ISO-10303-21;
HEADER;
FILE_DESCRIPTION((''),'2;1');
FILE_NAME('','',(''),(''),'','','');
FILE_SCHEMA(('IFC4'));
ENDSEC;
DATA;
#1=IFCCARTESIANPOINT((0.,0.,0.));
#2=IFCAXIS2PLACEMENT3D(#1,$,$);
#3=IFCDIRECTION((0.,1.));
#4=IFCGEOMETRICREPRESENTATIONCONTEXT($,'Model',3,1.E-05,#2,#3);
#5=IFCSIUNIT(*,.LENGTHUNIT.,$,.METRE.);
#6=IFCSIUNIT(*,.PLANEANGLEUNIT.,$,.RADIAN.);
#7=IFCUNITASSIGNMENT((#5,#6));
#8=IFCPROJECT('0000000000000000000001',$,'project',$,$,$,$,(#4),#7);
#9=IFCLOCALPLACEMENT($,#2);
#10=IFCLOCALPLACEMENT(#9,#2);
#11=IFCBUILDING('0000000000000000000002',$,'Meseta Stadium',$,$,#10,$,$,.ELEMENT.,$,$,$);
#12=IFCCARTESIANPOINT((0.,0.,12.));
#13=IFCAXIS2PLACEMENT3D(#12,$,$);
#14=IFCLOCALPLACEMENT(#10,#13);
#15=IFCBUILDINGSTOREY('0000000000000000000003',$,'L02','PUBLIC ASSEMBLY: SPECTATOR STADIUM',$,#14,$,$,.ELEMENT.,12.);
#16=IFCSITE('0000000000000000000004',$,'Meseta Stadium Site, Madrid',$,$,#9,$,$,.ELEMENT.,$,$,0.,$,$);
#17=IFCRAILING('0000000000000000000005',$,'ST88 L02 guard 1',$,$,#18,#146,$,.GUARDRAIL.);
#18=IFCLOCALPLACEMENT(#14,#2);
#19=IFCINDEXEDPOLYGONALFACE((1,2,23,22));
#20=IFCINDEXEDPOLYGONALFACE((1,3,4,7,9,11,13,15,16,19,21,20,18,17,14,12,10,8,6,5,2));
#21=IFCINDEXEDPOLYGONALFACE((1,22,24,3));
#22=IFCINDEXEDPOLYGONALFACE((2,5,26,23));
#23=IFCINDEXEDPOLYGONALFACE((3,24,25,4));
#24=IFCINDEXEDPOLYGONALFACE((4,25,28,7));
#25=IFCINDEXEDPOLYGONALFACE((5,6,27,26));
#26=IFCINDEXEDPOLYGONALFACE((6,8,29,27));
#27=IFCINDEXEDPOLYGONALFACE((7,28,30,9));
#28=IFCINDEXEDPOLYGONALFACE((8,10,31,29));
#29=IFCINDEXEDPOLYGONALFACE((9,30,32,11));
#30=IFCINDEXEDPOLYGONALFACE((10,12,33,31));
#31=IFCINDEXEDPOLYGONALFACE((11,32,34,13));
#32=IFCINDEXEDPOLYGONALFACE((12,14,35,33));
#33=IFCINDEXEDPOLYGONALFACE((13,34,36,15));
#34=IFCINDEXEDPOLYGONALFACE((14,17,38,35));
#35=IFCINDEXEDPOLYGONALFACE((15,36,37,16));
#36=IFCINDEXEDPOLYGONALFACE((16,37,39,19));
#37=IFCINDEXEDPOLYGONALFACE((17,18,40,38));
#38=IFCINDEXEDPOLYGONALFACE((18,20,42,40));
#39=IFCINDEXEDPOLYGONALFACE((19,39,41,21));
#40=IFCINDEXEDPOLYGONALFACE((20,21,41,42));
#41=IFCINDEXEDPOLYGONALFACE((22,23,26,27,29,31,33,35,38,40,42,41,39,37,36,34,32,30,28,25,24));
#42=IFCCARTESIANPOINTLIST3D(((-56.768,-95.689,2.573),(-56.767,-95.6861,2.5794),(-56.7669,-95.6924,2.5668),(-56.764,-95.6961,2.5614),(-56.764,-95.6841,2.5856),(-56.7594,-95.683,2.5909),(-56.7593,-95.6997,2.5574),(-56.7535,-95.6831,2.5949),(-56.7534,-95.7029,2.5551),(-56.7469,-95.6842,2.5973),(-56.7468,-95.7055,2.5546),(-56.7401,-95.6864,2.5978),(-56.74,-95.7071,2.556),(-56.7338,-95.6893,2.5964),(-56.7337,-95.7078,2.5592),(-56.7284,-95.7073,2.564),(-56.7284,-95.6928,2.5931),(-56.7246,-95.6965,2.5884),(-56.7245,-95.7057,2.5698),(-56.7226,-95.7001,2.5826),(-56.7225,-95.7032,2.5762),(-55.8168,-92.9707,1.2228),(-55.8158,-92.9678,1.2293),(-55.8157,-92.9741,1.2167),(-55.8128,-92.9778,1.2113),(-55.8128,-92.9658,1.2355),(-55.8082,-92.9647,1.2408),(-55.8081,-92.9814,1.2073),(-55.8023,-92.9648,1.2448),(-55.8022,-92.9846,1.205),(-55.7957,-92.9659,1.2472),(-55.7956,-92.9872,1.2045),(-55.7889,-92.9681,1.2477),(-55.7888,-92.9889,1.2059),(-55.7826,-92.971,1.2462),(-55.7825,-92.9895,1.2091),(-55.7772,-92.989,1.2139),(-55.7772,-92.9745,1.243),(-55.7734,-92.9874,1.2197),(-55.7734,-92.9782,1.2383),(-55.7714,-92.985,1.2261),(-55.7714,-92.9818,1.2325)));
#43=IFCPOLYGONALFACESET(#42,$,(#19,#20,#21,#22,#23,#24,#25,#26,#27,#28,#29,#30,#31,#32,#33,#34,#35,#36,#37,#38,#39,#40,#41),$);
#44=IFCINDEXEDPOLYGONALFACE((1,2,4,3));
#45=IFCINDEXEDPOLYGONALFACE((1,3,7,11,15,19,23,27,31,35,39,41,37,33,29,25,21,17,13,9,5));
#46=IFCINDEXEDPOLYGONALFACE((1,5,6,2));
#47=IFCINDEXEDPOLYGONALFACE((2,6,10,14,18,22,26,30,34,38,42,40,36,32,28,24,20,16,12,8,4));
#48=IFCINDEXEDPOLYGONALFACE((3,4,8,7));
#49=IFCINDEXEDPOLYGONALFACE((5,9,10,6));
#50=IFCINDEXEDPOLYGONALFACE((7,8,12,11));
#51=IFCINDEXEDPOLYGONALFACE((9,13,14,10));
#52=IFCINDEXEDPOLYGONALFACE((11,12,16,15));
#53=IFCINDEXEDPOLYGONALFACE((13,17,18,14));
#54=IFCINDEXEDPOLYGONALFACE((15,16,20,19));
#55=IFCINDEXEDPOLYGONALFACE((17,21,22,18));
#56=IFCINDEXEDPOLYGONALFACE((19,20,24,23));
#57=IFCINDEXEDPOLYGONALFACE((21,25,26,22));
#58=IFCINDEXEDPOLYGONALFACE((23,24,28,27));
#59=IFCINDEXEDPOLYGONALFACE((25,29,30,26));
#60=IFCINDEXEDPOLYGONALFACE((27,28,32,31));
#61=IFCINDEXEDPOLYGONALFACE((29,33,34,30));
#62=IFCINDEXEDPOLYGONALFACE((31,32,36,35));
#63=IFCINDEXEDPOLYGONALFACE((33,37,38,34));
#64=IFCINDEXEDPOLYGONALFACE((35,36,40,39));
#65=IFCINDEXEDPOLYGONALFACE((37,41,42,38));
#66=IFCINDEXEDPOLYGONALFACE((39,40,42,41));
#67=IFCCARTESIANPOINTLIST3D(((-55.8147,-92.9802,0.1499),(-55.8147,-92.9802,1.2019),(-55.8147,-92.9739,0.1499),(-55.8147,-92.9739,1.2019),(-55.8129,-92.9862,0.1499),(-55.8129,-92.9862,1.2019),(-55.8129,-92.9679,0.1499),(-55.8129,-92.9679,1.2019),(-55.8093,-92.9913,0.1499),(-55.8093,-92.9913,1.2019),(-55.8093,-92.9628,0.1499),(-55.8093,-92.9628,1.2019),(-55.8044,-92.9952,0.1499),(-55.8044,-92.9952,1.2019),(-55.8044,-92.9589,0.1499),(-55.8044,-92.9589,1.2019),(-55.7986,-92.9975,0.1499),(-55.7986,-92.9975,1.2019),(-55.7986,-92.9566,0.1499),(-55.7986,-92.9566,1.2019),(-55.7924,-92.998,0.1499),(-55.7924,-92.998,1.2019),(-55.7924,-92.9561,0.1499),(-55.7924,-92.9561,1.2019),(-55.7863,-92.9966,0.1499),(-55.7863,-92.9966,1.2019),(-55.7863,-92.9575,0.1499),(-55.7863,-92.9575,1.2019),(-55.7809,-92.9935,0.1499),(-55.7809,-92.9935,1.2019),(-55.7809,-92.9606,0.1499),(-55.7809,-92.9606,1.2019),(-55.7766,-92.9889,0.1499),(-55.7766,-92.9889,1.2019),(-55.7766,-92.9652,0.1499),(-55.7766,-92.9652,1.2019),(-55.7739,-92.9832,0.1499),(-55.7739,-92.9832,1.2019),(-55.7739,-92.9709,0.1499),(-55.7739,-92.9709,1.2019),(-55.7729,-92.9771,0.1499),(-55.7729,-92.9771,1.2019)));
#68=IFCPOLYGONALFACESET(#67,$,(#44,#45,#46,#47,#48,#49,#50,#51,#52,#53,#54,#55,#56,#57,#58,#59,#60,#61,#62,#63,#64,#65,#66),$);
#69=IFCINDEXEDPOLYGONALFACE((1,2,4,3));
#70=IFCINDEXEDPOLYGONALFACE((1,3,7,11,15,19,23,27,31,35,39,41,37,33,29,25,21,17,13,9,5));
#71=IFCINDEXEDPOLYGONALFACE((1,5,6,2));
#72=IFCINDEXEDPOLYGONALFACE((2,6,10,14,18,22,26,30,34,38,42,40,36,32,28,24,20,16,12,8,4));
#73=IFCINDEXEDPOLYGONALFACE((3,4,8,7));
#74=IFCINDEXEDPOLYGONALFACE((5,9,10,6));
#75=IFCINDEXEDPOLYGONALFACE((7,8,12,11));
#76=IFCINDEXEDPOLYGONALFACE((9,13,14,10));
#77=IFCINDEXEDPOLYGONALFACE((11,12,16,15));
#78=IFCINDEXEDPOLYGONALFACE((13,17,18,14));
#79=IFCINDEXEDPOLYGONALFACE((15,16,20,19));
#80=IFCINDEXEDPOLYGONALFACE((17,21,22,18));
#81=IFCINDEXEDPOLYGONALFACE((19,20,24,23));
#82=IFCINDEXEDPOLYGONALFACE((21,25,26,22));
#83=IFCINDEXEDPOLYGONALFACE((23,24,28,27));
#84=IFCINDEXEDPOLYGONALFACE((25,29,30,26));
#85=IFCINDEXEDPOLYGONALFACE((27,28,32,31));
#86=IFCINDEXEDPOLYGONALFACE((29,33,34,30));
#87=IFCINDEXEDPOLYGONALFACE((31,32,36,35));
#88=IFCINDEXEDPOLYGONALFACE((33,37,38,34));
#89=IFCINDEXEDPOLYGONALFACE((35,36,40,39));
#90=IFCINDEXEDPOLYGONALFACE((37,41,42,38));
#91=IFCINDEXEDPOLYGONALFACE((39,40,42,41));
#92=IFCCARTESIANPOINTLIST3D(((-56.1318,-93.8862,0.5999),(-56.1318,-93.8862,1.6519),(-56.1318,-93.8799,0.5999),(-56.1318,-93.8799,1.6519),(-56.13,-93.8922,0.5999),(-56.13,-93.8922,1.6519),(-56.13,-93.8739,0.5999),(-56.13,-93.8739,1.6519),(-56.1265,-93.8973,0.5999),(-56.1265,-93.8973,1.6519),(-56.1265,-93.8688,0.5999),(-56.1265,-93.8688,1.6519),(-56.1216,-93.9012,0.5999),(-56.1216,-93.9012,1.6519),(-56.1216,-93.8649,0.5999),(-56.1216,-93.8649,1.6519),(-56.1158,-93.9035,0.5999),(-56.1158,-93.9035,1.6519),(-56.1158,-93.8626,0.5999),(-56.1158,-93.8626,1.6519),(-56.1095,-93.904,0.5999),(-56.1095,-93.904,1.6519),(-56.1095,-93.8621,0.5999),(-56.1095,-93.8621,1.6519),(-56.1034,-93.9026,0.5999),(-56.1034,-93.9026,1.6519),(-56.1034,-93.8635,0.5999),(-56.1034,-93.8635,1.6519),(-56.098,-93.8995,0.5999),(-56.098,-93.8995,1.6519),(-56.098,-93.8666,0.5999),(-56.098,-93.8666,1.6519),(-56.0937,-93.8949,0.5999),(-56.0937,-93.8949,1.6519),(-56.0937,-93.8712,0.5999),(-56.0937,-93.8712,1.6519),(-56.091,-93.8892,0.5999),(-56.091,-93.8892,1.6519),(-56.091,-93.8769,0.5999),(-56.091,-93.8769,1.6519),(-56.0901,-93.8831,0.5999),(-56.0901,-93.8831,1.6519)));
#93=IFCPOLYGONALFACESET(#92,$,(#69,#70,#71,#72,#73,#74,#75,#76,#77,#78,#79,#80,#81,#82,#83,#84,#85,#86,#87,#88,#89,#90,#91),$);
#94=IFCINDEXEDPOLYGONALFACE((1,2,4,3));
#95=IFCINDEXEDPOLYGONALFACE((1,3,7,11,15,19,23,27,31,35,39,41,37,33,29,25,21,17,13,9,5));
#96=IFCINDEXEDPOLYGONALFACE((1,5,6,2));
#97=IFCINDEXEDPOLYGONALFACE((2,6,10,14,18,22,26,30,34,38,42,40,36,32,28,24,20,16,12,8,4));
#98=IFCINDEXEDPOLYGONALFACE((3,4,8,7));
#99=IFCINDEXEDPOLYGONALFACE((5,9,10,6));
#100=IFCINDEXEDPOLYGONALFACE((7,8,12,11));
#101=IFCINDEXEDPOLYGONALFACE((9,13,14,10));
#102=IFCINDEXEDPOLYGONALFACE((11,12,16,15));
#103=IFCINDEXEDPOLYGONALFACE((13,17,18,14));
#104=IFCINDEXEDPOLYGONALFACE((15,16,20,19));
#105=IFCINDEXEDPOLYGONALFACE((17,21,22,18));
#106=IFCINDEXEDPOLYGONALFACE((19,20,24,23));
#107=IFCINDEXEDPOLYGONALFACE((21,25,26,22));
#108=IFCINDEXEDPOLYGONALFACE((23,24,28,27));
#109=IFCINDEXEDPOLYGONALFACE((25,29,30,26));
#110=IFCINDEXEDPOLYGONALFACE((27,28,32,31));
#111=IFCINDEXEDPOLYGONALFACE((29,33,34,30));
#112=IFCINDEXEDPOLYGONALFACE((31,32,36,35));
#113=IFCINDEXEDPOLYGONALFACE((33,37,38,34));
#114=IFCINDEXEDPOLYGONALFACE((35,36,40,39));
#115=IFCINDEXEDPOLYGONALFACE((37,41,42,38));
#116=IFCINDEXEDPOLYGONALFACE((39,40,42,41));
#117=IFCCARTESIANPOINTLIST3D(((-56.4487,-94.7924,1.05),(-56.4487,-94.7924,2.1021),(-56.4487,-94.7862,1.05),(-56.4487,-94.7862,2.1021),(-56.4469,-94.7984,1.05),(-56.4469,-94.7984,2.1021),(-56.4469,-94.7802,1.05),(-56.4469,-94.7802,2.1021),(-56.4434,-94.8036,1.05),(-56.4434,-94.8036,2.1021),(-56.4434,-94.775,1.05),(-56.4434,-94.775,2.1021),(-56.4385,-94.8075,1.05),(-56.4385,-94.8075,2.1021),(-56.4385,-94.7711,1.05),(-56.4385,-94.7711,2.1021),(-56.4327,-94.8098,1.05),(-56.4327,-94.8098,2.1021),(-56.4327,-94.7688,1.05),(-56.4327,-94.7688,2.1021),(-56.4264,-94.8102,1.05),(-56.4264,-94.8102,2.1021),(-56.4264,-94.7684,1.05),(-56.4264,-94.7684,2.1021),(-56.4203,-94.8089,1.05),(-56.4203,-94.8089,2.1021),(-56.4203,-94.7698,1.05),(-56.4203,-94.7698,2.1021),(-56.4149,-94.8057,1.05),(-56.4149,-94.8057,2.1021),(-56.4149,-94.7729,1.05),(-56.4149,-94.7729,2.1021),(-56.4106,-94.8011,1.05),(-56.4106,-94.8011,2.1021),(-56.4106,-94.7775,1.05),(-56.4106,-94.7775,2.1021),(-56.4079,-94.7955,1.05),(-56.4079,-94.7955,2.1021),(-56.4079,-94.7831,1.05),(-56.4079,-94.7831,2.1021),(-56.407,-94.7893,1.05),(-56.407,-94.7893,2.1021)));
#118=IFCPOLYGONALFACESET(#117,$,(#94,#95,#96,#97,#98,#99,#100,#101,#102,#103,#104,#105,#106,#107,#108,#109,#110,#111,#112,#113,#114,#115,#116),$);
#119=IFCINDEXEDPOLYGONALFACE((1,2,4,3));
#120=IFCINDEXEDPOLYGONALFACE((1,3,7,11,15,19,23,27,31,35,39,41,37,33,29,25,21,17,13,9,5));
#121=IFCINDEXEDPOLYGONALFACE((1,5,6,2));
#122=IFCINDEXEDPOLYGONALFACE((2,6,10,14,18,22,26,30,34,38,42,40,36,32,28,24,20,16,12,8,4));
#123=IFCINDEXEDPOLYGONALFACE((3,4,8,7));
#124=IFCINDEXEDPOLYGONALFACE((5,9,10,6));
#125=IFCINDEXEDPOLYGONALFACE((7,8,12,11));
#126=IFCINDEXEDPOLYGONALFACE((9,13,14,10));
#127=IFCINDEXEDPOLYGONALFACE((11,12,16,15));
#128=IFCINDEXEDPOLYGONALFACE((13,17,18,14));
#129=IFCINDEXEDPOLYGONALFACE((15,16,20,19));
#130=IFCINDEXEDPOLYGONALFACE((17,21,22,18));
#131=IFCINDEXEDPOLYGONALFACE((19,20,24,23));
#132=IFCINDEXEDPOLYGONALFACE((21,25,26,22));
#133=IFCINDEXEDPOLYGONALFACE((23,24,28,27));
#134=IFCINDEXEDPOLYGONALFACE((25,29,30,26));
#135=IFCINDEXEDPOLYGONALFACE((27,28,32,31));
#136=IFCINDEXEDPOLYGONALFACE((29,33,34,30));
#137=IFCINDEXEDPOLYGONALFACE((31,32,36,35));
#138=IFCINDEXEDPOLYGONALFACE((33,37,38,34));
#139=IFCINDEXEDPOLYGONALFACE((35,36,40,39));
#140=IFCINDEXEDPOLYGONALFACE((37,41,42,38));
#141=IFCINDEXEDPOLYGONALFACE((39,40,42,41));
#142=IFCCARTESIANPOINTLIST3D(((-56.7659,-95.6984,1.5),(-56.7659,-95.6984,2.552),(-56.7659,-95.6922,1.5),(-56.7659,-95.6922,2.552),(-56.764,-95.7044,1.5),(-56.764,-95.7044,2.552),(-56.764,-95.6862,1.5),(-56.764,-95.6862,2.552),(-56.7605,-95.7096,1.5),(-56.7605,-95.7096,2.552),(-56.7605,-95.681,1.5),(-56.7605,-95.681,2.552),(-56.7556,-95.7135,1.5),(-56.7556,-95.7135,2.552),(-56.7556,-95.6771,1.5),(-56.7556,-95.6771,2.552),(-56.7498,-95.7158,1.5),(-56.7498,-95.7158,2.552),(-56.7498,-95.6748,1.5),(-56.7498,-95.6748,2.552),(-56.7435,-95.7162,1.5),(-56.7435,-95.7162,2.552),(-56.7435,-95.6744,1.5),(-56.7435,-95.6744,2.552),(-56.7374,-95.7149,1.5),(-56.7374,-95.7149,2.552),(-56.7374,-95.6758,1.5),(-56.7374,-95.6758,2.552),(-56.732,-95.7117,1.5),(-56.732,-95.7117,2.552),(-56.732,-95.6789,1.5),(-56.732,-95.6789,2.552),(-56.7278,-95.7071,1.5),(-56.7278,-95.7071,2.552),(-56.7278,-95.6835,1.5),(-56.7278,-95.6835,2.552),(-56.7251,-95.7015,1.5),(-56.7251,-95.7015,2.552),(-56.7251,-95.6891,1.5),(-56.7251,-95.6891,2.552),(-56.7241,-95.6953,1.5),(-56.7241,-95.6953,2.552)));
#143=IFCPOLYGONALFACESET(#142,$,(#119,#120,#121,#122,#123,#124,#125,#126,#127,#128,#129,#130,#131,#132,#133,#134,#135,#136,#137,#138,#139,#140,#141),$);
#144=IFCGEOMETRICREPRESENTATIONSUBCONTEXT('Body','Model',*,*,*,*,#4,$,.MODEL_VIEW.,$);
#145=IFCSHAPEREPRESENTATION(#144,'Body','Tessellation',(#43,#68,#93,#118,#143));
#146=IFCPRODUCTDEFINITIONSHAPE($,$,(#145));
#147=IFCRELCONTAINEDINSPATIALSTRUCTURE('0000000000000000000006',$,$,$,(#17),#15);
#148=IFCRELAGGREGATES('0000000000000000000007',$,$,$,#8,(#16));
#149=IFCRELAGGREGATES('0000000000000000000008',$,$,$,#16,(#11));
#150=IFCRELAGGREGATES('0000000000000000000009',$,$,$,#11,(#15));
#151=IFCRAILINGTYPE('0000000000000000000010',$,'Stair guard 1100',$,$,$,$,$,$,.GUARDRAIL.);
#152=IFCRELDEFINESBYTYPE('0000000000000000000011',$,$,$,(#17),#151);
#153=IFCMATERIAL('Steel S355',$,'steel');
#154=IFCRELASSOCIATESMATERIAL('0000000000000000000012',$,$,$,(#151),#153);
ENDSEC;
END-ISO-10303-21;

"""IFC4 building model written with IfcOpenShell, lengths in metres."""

from ifc_helpers import new_model, si_unit, direction, frame, origin, origin_2d, place, context, subcontext, project, spatial, circle, extrude, material, type_object, element, save


model = new_model("IFC4")

# Units and contexts
model_context = context("Model", 3, precision=1e-05, world=origin(), true_north=direction((0.0, 1.0)))
body_context = subcontext(model_context, "Body", "Model", "MODEL_VIEW")
ifc_project = project(units=[si_unit("LENGTHUNIT", "METRE"), si_unit("PLANEANGLEUNIT", "RADIAN")], contexts=[model_context])

# Site, building, storey
site_placement = place(None, origin())
site = spatial("IfcSite", under=ifc_project, at=site_placement, Name="Meseta Stadium Site, Madrid", CompositionType="ELEMENT", RefElevation=0.0)
building_placement = place(site_placement, origin())
building = spatial("IfcBuilding", under=site, at=building_placement, Name="Meseta Stadium", CompositionType="ELEMENT")
storey_placement = place(building_placement, frame((0.0, 0.0, 12.0)))
storey = spatial("IfcBuildingStorey", under=building, at=storey_placement, Name="L02", Description="PUBLIC ASSEMBLY: SPECTATOR STADIUM", CompositionType="ELEMENT", Elevation=12.0)

# Railing
ifc_material_1 = material(Name="Steel S355", Category="steel")
railing_type_1 = type_object("IfcRailingType", Name="Stair guard 1100", PredefinedType="GUARDRAIL", material=ifc_material_1)
railing_1_placement = place(storey_placement, frame((-55.7939, -92.9771, 0.1499)))
element("IfcRailing", 1, at=railing_1_placement, inside=storey, type_object=railing_type_1, Name="ST88 L02 guard 1", PredefinedType="GUARDRAIL", context=body_context, shape_type="SweptSolid", body=[
    extrude(circle(Radius=0.0239, at=origin_2d()), frame((0.0, 0.0, 1.0762), z_axis=(-0.299051, -0.854629, 0.424474), x_axis=(0.943882, -0.330282, 0.0)), (0.0, 0.0, 1.0), 3.1807),
    extrude(circle(Radius=0.021, at=origin_2d()), origin(), (0.0, 0.0, 1.0), 1.052),
    extrude(circle(Radius=0.021, at=origin_2d()), frame((-0.3171, -0.906, 0.45)), (0.0, 0.0, 1.0), 1.052),
    extrude(circle(Radius=0.021, at=origin_2d()), frame((-0.634, -1.8123, 0.9001)), (0.0, 0.0, 1.0), 1.052),
    extrude(circle(Radius=0.021, at=origin_2d()), frame((-0.9512, -2.7183, 1.3501)), (0.0, 0.0, 1.0), 1.052),
])

save(model, "model.ifc")
